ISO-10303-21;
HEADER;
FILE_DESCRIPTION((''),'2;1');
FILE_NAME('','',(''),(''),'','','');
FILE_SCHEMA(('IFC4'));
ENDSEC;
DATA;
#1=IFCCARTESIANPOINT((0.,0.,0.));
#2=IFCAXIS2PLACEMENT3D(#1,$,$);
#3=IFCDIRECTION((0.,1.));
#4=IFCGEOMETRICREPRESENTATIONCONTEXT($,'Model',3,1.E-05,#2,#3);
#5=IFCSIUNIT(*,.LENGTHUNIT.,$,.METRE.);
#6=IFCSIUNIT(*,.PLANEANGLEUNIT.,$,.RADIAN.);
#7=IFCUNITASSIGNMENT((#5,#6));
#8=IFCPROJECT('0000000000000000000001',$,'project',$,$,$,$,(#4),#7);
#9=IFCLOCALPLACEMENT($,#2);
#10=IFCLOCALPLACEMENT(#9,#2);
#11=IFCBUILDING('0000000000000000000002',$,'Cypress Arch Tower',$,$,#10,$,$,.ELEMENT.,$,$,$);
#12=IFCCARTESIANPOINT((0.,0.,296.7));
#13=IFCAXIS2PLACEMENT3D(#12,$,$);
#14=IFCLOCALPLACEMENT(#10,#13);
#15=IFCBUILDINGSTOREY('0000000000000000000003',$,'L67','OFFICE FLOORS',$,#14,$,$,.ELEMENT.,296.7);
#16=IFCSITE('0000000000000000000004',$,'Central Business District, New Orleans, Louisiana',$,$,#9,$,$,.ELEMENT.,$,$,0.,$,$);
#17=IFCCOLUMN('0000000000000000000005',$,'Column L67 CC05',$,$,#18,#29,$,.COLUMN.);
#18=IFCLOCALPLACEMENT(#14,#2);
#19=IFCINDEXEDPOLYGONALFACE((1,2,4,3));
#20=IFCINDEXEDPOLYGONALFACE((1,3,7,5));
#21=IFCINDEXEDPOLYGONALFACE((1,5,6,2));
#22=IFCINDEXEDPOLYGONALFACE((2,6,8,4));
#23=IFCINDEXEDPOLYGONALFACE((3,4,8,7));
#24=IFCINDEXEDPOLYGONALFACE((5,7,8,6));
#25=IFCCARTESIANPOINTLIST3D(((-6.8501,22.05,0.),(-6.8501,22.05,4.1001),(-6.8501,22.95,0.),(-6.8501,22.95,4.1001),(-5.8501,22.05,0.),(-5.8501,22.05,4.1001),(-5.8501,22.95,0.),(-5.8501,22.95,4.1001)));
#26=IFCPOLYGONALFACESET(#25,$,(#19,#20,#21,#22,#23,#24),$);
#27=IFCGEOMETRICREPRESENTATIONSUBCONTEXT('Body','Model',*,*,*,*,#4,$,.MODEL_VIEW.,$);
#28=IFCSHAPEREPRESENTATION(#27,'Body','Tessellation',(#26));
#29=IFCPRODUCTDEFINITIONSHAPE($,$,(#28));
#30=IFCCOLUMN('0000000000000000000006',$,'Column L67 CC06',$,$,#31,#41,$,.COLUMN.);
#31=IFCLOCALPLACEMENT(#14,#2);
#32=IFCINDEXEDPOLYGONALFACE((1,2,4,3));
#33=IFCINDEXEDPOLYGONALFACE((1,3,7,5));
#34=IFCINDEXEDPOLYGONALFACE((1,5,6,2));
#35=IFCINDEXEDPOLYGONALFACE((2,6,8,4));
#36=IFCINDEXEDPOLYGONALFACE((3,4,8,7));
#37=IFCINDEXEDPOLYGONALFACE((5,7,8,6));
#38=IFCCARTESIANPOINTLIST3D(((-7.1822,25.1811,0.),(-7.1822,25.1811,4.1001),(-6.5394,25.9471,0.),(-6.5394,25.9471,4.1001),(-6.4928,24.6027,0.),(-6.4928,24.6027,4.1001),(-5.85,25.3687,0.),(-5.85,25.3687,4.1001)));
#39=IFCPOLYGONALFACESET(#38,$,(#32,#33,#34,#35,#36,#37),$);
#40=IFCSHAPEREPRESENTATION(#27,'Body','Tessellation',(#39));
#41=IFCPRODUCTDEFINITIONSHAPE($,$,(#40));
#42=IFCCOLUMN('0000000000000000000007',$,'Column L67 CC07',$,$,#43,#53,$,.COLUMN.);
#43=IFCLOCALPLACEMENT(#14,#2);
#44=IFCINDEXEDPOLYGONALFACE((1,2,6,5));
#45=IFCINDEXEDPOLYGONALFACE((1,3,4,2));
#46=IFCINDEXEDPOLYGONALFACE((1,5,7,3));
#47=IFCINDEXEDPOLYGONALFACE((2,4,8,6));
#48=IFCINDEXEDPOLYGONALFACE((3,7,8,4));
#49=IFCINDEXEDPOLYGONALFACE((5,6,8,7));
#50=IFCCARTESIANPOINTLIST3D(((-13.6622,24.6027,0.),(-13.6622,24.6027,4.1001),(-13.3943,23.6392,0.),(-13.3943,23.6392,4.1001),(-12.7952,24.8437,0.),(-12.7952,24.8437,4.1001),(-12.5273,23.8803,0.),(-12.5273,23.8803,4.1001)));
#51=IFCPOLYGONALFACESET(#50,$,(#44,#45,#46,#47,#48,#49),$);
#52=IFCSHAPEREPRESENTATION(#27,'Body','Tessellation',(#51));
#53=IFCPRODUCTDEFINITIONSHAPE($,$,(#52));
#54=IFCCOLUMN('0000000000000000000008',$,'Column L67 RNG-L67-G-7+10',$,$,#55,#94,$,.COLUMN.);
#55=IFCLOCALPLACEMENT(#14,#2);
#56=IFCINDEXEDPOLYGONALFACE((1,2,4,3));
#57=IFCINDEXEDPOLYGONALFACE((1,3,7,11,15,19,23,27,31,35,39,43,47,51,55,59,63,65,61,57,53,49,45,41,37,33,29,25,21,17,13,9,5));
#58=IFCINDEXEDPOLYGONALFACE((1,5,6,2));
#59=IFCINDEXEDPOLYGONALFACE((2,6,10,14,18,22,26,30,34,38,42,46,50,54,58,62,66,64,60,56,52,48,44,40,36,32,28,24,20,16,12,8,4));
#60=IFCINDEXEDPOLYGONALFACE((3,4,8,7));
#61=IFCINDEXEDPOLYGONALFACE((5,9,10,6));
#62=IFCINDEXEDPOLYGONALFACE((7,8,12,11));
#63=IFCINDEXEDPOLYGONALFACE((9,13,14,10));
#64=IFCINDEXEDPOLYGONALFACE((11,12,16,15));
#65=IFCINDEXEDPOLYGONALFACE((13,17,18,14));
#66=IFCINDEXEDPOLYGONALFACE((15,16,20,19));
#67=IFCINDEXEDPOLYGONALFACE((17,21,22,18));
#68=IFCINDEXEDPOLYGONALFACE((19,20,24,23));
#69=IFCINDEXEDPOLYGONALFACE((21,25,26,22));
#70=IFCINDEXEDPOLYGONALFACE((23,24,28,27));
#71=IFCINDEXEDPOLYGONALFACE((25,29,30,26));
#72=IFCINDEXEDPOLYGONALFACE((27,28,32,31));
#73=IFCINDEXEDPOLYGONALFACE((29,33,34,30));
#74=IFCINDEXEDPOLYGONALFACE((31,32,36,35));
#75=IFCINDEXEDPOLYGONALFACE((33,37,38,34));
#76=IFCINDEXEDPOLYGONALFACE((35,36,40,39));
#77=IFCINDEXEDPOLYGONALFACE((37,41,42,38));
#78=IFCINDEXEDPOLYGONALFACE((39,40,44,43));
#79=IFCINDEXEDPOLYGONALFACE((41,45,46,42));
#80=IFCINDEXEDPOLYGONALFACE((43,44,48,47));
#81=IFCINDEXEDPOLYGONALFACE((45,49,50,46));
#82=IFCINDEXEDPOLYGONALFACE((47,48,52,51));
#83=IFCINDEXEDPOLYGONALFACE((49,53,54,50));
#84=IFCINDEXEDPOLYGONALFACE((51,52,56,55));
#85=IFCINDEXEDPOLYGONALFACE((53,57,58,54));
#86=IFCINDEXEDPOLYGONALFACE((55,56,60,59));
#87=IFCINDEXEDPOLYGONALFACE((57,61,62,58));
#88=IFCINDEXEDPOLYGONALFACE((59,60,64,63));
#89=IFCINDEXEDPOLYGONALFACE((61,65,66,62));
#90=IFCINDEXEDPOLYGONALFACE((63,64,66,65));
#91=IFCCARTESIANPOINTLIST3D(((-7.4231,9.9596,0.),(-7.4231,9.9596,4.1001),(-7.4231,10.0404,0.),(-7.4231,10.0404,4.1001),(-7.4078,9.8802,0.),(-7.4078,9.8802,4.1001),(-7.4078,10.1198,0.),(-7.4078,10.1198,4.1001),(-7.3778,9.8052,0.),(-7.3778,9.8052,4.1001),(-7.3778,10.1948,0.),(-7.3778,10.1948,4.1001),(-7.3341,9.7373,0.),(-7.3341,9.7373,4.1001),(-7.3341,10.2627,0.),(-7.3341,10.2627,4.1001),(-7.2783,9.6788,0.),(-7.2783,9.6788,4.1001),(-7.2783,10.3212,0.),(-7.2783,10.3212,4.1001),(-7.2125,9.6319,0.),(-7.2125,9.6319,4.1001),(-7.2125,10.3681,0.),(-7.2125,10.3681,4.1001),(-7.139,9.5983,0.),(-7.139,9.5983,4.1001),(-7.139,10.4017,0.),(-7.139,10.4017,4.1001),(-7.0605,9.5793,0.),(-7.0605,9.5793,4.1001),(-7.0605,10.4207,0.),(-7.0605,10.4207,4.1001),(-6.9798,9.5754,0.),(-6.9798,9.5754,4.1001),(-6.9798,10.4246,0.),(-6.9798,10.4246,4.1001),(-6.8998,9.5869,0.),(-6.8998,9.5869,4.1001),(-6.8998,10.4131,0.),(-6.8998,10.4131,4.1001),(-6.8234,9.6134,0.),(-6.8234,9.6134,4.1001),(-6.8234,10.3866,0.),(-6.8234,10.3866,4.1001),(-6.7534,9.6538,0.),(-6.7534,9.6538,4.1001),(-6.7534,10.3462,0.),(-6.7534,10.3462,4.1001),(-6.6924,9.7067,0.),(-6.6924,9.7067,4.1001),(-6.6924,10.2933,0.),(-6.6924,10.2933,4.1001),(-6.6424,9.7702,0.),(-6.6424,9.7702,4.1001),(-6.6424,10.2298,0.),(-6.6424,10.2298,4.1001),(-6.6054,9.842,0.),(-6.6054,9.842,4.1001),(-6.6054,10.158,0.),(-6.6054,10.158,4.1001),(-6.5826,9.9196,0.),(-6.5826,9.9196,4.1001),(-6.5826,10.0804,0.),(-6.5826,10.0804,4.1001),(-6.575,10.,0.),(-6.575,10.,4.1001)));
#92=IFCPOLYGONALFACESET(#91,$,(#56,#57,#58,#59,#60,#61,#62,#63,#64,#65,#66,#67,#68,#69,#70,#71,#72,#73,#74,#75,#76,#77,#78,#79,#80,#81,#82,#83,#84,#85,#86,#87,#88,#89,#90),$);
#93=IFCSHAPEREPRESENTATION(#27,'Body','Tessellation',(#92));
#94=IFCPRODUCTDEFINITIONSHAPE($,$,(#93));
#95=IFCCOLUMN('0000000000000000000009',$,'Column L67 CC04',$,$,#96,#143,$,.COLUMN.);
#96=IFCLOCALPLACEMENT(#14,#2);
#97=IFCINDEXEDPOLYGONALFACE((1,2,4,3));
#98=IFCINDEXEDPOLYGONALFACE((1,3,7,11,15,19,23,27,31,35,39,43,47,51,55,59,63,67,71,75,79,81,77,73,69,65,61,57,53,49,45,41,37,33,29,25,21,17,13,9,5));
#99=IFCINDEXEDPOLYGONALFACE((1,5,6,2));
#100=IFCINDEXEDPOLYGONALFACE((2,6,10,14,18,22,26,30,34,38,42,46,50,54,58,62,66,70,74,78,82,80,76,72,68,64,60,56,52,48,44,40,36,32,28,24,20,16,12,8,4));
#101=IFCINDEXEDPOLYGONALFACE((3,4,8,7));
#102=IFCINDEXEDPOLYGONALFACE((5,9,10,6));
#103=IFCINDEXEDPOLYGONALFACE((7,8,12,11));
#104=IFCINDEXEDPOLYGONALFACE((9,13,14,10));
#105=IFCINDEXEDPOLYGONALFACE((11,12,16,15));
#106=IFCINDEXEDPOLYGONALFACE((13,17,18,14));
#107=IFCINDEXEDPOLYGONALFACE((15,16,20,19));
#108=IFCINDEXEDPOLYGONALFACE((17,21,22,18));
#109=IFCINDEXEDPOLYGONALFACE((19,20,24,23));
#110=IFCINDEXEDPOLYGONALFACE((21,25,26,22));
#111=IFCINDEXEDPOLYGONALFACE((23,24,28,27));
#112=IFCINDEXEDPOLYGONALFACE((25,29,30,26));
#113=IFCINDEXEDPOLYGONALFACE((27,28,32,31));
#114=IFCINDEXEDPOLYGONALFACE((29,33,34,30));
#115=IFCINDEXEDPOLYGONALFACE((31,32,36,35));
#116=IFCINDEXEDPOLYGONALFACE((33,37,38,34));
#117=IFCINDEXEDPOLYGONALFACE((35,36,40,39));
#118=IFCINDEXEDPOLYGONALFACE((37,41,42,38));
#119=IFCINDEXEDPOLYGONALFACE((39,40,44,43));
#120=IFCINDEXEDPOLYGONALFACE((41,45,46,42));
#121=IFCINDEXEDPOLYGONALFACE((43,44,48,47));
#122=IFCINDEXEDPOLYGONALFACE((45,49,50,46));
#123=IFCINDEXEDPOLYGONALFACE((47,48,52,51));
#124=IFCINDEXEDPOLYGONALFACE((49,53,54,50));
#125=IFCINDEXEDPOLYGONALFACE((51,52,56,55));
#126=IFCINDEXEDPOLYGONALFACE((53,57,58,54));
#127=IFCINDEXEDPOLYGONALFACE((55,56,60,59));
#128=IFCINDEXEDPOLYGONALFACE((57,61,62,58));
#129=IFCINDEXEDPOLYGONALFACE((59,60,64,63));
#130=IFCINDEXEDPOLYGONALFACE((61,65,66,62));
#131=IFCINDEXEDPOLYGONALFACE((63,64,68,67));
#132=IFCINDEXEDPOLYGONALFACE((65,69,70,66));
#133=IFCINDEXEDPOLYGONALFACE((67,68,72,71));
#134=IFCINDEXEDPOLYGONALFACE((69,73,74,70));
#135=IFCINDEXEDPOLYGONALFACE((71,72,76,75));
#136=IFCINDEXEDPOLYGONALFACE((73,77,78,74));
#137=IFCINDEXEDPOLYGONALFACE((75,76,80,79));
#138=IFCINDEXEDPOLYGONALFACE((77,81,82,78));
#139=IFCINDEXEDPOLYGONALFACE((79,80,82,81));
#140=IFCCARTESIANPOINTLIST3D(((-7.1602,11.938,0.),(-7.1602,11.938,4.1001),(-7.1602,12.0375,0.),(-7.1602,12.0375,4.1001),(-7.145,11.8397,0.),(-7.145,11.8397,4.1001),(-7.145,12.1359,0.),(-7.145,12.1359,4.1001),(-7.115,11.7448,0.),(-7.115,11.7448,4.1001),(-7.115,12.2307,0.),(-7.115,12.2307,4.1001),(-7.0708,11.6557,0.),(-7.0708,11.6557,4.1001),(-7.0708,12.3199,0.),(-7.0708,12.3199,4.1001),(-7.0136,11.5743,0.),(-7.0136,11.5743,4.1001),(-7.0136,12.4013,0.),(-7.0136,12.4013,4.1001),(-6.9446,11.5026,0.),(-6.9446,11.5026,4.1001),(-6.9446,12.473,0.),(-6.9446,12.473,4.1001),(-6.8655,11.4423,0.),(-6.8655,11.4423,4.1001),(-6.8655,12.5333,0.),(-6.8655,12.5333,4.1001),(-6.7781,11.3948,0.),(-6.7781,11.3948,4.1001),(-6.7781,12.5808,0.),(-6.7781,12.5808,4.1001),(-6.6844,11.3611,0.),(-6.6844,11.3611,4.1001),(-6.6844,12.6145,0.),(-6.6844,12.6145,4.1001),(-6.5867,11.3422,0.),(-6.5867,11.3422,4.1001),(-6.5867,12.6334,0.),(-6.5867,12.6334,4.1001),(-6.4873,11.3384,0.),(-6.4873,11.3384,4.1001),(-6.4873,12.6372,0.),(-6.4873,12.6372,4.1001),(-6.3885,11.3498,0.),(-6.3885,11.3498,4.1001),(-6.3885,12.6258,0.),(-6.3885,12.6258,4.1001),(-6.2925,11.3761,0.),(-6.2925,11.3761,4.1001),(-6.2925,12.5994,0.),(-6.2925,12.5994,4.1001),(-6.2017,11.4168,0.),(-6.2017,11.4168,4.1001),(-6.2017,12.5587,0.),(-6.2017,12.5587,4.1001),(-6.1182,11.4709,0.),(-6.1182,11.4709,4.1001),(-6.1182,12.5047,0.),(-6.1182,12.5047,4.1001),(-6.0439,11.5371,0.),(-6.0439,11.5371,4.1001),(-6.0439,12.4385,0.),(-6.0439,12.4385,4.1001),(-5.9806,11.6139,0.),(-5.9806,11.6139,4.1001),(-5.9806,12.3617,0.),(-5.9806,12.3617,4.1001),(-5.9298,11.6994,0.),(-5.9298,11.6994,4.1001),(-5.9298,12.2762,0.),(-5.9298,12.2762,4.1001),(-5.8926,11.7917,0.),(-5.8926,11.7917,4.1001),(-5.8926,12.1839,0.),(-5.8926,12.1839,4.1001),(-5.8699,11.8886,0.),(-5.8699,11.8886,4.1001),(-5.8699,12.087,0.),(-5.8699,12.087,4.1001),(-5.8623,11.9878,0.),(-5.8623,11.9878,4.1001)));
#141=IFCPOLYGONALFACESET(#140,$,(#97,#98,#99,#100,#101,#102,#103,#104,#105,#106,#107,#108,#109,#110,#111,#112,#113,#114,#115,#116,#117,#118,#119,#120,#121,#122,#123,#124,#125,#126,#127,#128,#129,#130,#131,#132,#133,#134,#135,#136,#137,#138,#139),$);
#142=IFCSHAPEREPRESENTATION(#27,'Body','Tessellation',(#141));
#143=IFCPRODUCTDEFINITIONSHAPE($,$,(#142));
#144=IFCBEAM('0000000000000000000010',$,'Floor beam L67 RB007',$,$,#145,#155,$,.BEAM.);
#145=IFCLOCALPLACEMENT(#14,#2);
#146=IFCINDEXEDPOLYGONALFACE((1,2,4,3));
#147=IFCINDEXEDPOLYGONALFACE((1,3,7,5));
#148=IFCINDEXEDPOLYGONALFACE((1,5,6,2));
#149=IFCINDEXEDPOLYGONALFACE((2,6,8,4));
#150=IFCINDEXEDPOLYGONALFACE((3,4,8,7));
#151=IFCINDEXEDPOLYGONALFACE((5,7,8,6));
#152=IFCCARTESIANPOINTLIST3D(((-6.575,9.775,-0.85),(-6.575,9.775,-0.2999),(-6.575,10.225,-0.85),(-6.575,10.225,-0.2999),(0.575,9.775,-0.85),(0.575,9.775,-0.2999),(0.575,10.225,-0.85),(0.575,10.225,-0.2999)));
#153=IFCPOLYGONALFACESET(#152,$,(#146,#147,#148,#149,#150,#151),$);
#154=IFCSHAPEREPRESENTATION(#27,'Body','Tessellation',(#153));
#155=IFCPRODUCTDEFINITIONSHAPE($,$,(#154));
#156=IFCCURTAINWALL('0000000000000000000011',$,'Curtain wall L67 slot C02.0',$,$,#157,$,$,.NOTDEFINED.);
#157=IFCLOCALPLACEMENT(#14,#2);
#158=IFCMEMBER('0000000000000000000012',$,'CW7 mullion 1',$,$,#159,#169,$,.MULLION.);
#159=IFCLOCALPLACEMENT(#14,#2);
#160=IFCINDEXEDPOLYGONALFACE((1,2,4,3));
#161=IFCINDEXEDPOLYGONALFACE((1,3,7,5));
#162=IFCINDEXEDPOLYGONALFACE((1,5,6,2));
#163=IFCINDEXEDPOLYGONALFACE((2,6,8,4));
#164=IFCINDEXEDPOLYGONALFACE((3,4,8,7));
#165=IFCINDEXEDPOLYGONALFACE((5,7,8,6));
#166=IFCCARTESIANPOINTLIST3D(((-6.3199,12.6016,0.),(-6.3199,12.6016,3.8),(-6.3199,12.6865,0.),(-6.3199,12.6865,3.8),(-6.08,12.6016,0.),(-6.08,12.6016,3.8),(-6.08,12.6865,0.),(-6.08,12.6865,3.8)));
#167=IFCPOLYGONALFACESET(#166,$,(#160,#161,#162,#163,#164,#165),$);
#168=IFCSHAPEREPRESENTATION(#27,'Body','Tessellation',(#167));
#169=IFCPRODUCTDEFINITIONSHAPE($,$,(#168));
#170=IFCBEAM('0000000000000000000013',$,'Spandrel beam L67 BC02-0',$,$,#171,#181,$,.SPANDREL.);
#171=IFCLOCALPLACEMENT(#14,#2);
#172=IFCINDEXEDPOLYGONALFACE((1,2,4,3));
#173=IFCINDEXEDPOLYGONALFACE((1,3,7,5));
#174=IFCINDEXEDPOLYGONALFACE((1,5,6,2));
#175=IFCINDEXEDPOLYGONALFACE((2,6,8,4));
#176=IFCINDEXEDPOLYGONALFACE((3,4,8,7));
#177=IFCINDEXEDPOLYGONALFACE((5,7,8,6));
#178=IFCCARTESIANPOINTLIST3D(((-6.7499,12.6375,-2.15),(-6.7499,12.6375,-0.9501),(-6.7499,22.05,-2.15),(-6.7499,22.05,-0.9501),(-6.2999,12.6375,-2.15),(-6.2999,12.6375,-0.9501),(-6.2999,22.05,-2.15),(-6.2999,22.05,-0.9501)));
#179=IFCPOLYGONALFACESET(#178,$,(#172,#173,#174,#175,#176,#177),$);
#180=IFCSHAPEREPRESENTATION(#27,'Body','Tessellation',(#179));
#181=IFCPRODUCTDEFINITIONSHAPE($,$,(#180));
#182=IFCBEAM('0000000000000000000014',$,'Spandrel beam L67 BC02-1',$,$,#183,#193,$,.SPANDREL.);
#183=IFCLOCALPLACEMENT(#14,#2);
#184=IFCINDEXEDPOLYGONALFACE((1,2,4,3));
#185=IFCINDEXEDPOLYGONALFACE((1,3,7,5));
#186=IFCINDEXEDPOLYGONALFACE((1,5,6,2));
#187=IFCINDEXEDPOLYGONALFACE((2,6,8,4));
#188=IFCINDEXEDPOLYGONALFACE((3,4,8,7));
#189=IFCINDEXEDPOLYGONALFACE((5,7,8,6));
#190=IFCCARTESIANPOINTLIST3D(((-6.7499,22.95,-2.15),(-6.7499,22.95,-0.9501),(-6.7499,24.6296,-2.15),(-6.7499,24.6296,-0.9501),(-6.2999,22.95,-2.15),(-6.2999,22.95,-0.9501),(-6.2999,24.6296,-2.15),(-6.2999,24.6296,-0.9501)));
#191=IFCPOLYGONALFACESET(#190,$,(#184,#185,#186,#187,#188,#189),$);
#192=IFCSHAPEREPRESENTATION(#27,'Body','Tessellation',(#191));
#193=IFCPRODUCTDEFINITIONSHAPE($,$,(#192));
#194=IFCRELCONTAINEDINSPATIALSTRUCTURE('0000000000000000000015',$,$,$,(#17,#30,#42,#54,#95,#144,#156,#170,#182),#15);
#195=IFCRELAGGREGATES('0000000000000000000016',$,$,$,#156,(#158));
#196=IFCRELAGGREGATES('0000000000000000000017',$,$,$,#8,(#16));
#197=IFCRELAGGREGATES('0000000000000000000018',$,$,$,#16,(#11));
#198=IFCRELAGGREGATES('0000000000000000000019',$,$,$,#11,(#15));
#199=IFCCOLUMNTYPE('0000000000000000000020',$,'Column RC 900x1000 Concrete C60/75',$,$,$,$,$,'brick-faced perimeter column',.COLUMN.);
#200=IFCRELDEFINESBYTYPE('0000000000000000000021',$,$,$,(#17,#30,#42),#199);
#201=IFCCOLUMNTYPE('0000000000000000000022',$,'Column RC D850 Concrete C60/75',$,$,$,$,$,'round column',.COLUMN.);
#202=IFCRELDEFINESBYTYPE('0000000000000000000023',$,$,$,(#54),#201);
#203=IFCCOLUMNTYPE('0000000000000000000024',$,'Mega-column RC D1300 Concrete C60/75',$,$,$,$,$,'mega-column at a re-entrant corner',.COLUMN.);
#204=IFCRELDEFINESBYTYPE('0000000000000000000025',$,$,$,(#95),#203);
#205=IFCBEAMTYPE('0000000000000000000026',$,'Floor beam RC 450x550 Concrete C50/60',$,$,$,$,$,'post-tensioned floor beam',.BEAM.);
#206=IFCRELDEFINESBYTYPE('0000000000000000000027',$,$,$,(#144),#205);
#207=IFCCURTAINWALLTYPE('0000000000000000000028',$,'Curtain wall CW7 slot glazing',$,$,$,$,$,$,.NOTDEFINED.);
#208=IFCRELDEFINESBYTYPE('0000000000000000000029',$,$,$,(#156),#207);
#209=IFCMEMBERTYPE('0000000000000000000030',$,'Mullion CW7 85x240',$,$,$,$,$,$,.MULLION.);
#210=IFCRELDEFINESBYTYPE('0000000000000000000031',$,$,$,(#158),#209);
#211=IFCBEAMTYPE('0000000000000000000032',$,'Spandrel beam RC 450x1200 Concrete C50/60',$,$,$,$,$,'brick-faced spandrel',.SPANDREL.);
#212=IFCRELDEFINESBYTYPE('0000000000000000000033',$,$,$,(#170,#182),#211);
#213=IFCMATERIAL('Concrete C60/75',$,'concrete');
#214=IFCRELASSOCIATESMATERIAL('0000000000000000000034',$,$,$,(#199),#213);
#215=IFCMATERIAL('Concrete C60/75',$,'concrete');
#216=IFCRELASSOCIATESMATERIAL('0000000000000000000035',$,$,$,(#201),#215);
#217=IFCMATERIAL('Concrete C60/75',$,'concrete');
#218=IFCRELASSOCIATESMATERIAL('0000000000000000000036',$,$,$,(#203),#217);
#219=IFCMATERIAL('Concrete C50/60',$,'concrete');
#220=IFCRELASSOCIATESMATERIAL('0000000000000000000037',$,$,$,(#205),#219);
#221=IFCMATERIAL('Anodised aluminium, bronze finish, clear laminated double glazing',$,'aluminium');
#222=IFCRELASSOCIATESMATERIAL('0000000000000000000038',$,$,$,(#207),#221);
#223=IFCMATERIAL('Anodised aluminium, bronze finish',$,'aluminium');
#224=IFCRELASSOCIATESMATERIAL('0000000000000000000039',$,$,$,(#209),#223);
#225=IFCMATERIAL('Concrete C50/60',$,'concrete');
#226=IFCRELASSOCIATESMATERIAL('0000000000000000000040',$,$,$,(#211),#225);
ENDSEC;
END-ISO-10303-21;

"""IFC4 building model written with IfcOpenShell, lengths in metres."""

from ifc_helpers import new_model, si_unit, direction, frame, origin, origin_2d, place, context, subcontext, project, spatial, rectangle, circle, extrude, material, material_profile, profile_set, type_object, element, aggregate, save


model = new_model("IFC4")

# Units and contexts
model_context = context("Model", 3, precision=1e-05, world=origin(), true_north=direction((0.0, 1.0)))
body_context = subcontext(model_context, "Body", "Model", "MODEL_VIEW")
ifc_project = project(units=[si_unit("LENGTHUNIT", "METRE"), si_unit("PLANEANGLEUNIT", "RADIAN")], contexts=[model_context])

# Site, building, storey
site_placement = place(None, origin())
site = spatial("IfcSite", under=ifc_project, at=site_placement, Name="Central Business District, New Orleans, Louisiana", CompositionType="ELEMENT", RefElevation=0.0)
building_placement = place(site_placement, origin())
building = spatial("IfcBuilding", under=site, at=building_placement, Name="Cypress Arch Tower", CompositionType="ELEMENT")
storey_placement = place(building_placement, frame((0.0, 0.0, 296.7)))
storey = spatial("IfcBuildingStorey", under=building, at=storey_placement, Name="L67", Description="OFFICE FLOORS", CompositionType="ELEMENT", Elevation=296.7)

# Columns
ifc_material_1 = material(Name="Concrete C60/75", Category="concrete")
ifc_material_profile_1 = material_profile(ifc_material_1, rectangle(XDim=0.8999, YDim=1.0, at=origin_2d()), Name="RC 900x1000")
ifc_profile_set_1 = profile_set([ifc_material_profile_1], Name="Concrete C60/75")
column_type_1 = type_object("IfcColumnType", Name="Column RC 900x1000 Concrete C60/75", ElementType="brick-faced perimeter column", PredefinedType="COLUMN", material=ifc_profile_set_1)
for number, where, z_axis, x_axis, name in (
    (1, (-6.3501, 22.5, 0.0), (0.0, 0.0, 1.0), (0.0, 1.0, 0.0), "Column L67 CC05"),
    (2, (-6.5161, 25.2749, 0.0), (0.0, 0.0, 1.0), (-0.766064, 0.642765, 0.0), "Column L67 CC06"),
    (3, (-13.0947, 24.2415, 0.0), (0.0, 0.0, 1.0), (-0.963456, -0.267868, 0.0), "Column L67 CC07"),
):
    element("IfcColumn", number, at=place(storey_placement, frame(where, z_axis=z_axis, x_axis=x_axis)), inside=storey, type_object=column_type_1, Name=name, PredefinedType="COLUMN", context=body_context, shape_type="SweptSolid", body=[
        extrude(rectangle(XDim=0.8999, YDim=1.0, at=origin_2d()), origin(), (0.0, 0.0, 1.0), 4.1001),
    ])
ifc_material_2 = material(Name="Concrete C60/75", Category="concrete")
ifc_material_profile_2 = material_profile(ifc_material_2, circle(Radius=0.425, at=origin_2d()), Name="RC D850")
ifc_profile_set_2 = profile_set([ifc_material_profile_2], Name="Concrete C60/75")
column_type_2 = type_object("IfcColumnType", Name="Column RC D850 Concrete C60/75", ElementType="round column", PredefinedType="COLUMN", material=ifc_profile_set_2)
column_1_placement = place(storey_placement, frame((-7.0, 10.0, 0.0), z_axis=(0.0, 0.0, 1.0), x_axis=(1.0, 0.0, 0.0)))
element("IfcColumn", 4, at=column_1_placement, inside=storey, type_object=column_type_2, Name="Column L67 RNG-L67-G-7+10", PredefinedType="COLUMN", context=body_context, shape_type="SweptSolid", body=[
    extrude(circle(Radius=0.425, at=origin_2d()), origin(), (0.0, 0.0, 1.0), 4.1001),
])
ifc_material_3 = material(Name="Concrete C60/75", Category="concrete")
ifc_material_profile_3 = material_profile(ifc_material_3, circle(Radius=0.6499, at=origin_2d()), Name="RC D1300")
ifc_profile_set_3 = profile_set([ifc_material_profile_3], Name="Concrete C60/75")
column_type_3 = type_object("IfcColumnType", Name="Mega-column RC D1300 Concrete C60/75", ElementType="mega-column at a re-entrant corner", PredefinedType="COLUMN", material=ifc_profile_set_3)
column_2_placement = place(storey_placement, frame((-6.5122, 11.9878, 0.0), z_axis=(0.0, 0.0, 1.0), x_axis=(1.0, 0.0, 0.0)))
element("IfcColumn", 5, at=column_2_placement, inside=storey, type_object=column_type_3, Name="Column L67 CC04", PredefinedType="COLUMN", context=body_context, shape_type="SweptSolid", body=[
    extrude(circle(Radius=0.6499, at=origin_2d()), origin(), (0.0, 0.0, 1.0), 4.1001),
])

# Beam
ifc_material_4 = material(Name="Concrete C50/60", Category="concrete")
ifc_material_profile_4 = material_profile(ifc_material_4, rectangle(XDim=0.45, YDim=0.55, at=origin_2d()), Name="RC 450x550")
ifc_profile_set_4 = profile_set([ifc_material_profile_4], Name="Concrete C50/60")
beam_type_1 = type_object("IfcBeamType", Name="Floor beam RC 450x550 Concrete C50/60", ElementType="post-tensioned floor beam", PredefinedType="BEAM", material=ifc_profile_set_4)
beam_1_placement = place(storey_placement, frame((-6.575, 10.0, -0.575), z_axis=(1.0, 0.0, 0.0), x_axis=(0.0, 1.0, 0.0)))
element("IfcBeam", 6, at=beam_1_placement, inside=storey, type_object=beam_type_1, Name="Floor beam L67 RB007", PredefinedType="BEAM", context=body_context, shape_type="SweptSolid", body=[
    extrude(rectangle(XDim=0.45, YDim=0.55, at=origin_2d()), origin(), (0.0, 0.0, 1.0), 7.1499),
])

# Curtain wall, member
ifc_material_5 = material(Name="Anodised aluminium, bronze finish, clear laminated double glazing", Category="aluminium")
curtain_wall_type = type_object("IfcCurtainWallType", Name="Curtain wall CW7 slot glazing", PredefinedType="NOTDEFINED", material=ifc_material_5)
curtain_wall_placement = place(storey_placement, origin())
curtain_wall = element("IfcCurtainWall", 7, at=curtain_wall_placement, inside=storey, type_object=curtain_wall_type, Name="Curtain wall L67 slot C02.0", PredefinedType="NOTDEFINED")
ifc_material_6 = material(Name="Anodised aluminium, bronze finish", Category="aluminium")
ifc_material_profile_5 = material_profile(ifc_material_6, rectangle(XDim=0.24, YDim=0.085, at=origin_2d()), Name="Mullion 85x240")
ifc_profile_set_5 = profile_set([ifc_material_profile_5], Name="Anodised aluminium, bronze finish")
member_type_1 = type_object("IfcMemberType", Name="Mullion CW7 85x240", PredefinedType="MULLION", material=ifc_profile_set_5)
member_1_placement = place(storey_placement, frame((-6.2, 12.644, 0.0), z_axis=(0.0, 0.0, 1.0), x_axis=(-1.0, 0.0, 0.0)))
member_1 = element("IfcMember", 8, at=member_1_placement, type_object=member_type_1, Name="CW7 mullion 1", PredefinedType="MULLION", context=body_context, shape_type="SweptSolid", body=[
    extrude(rectangle(XDim=0.24, YDim=0.085, at=origin_2d()), origin(), (0.0, 0.0, 1.0), 3.8),
])

# Beams
ifc_material_7 = material(Name="Concrete C50/60", Category="concrete")
ifc_material_profile_6 = material_profile(ifc_material_7, rectangle(XDim=0.45, YDim=1.2, at=origin_2d()), Name="RC 450x1200")
ifc_profile_set_6 = profile_set([ifc_material_profile_6], Name="Concrete C50/60")
beam_type_2 = type_object("IfcBeamType", Name="Spandrel beam RC 450x1200 Concrete C50/60", ElementType="brick-faced spandrel", PredefinedType="SPANDREL", material=ifc_profile_set_6)
beam_2_placement = place(storey_placement, frame((-6.5249, 12.6375, -1.55), z_axis=(0.0, 1.0, 0.0), x_axis=(-1.0, 0.0, 0.0)))
element("IfcBeam", 9, at=beam_2_placement, inside=storey, type_object=beam_type_2, Name="Spandrel beam L67 BC02-0", PredefinedType="SPANDREL", context=body_context, shape_type="SweptSolid", body=[
    extrude(rectangle(XDim=0.45, YDim=1.2, at=origin_2d()), origin(), (0.0, 0.0, 1.0), 9.4126),
])
beam_3_placement = place(storey_placement, frame((-6.5249, 22.95, -1.55), z_axis=(0.0, 1.0, 0.0), x_axis=(-1.0, 0.0, 0.0)))
element("IfcBeam", 10, at=beam_3_placement, inside=storey, type_object=beam_type_2, Name="Spandrel beam L67 BC02-1", PredefinedType="SPANDREL", context=body_context, shape_type="SweptSolid", body=[
    extrude(rectangle(XDim=0.45, YDim=1.2, at=origin_2d()), origin(), (0.0, 0.0, 1.0), 1.6797),
])

aggregate(curtain_wall, [member_1])

save(model, "model.ifc")
